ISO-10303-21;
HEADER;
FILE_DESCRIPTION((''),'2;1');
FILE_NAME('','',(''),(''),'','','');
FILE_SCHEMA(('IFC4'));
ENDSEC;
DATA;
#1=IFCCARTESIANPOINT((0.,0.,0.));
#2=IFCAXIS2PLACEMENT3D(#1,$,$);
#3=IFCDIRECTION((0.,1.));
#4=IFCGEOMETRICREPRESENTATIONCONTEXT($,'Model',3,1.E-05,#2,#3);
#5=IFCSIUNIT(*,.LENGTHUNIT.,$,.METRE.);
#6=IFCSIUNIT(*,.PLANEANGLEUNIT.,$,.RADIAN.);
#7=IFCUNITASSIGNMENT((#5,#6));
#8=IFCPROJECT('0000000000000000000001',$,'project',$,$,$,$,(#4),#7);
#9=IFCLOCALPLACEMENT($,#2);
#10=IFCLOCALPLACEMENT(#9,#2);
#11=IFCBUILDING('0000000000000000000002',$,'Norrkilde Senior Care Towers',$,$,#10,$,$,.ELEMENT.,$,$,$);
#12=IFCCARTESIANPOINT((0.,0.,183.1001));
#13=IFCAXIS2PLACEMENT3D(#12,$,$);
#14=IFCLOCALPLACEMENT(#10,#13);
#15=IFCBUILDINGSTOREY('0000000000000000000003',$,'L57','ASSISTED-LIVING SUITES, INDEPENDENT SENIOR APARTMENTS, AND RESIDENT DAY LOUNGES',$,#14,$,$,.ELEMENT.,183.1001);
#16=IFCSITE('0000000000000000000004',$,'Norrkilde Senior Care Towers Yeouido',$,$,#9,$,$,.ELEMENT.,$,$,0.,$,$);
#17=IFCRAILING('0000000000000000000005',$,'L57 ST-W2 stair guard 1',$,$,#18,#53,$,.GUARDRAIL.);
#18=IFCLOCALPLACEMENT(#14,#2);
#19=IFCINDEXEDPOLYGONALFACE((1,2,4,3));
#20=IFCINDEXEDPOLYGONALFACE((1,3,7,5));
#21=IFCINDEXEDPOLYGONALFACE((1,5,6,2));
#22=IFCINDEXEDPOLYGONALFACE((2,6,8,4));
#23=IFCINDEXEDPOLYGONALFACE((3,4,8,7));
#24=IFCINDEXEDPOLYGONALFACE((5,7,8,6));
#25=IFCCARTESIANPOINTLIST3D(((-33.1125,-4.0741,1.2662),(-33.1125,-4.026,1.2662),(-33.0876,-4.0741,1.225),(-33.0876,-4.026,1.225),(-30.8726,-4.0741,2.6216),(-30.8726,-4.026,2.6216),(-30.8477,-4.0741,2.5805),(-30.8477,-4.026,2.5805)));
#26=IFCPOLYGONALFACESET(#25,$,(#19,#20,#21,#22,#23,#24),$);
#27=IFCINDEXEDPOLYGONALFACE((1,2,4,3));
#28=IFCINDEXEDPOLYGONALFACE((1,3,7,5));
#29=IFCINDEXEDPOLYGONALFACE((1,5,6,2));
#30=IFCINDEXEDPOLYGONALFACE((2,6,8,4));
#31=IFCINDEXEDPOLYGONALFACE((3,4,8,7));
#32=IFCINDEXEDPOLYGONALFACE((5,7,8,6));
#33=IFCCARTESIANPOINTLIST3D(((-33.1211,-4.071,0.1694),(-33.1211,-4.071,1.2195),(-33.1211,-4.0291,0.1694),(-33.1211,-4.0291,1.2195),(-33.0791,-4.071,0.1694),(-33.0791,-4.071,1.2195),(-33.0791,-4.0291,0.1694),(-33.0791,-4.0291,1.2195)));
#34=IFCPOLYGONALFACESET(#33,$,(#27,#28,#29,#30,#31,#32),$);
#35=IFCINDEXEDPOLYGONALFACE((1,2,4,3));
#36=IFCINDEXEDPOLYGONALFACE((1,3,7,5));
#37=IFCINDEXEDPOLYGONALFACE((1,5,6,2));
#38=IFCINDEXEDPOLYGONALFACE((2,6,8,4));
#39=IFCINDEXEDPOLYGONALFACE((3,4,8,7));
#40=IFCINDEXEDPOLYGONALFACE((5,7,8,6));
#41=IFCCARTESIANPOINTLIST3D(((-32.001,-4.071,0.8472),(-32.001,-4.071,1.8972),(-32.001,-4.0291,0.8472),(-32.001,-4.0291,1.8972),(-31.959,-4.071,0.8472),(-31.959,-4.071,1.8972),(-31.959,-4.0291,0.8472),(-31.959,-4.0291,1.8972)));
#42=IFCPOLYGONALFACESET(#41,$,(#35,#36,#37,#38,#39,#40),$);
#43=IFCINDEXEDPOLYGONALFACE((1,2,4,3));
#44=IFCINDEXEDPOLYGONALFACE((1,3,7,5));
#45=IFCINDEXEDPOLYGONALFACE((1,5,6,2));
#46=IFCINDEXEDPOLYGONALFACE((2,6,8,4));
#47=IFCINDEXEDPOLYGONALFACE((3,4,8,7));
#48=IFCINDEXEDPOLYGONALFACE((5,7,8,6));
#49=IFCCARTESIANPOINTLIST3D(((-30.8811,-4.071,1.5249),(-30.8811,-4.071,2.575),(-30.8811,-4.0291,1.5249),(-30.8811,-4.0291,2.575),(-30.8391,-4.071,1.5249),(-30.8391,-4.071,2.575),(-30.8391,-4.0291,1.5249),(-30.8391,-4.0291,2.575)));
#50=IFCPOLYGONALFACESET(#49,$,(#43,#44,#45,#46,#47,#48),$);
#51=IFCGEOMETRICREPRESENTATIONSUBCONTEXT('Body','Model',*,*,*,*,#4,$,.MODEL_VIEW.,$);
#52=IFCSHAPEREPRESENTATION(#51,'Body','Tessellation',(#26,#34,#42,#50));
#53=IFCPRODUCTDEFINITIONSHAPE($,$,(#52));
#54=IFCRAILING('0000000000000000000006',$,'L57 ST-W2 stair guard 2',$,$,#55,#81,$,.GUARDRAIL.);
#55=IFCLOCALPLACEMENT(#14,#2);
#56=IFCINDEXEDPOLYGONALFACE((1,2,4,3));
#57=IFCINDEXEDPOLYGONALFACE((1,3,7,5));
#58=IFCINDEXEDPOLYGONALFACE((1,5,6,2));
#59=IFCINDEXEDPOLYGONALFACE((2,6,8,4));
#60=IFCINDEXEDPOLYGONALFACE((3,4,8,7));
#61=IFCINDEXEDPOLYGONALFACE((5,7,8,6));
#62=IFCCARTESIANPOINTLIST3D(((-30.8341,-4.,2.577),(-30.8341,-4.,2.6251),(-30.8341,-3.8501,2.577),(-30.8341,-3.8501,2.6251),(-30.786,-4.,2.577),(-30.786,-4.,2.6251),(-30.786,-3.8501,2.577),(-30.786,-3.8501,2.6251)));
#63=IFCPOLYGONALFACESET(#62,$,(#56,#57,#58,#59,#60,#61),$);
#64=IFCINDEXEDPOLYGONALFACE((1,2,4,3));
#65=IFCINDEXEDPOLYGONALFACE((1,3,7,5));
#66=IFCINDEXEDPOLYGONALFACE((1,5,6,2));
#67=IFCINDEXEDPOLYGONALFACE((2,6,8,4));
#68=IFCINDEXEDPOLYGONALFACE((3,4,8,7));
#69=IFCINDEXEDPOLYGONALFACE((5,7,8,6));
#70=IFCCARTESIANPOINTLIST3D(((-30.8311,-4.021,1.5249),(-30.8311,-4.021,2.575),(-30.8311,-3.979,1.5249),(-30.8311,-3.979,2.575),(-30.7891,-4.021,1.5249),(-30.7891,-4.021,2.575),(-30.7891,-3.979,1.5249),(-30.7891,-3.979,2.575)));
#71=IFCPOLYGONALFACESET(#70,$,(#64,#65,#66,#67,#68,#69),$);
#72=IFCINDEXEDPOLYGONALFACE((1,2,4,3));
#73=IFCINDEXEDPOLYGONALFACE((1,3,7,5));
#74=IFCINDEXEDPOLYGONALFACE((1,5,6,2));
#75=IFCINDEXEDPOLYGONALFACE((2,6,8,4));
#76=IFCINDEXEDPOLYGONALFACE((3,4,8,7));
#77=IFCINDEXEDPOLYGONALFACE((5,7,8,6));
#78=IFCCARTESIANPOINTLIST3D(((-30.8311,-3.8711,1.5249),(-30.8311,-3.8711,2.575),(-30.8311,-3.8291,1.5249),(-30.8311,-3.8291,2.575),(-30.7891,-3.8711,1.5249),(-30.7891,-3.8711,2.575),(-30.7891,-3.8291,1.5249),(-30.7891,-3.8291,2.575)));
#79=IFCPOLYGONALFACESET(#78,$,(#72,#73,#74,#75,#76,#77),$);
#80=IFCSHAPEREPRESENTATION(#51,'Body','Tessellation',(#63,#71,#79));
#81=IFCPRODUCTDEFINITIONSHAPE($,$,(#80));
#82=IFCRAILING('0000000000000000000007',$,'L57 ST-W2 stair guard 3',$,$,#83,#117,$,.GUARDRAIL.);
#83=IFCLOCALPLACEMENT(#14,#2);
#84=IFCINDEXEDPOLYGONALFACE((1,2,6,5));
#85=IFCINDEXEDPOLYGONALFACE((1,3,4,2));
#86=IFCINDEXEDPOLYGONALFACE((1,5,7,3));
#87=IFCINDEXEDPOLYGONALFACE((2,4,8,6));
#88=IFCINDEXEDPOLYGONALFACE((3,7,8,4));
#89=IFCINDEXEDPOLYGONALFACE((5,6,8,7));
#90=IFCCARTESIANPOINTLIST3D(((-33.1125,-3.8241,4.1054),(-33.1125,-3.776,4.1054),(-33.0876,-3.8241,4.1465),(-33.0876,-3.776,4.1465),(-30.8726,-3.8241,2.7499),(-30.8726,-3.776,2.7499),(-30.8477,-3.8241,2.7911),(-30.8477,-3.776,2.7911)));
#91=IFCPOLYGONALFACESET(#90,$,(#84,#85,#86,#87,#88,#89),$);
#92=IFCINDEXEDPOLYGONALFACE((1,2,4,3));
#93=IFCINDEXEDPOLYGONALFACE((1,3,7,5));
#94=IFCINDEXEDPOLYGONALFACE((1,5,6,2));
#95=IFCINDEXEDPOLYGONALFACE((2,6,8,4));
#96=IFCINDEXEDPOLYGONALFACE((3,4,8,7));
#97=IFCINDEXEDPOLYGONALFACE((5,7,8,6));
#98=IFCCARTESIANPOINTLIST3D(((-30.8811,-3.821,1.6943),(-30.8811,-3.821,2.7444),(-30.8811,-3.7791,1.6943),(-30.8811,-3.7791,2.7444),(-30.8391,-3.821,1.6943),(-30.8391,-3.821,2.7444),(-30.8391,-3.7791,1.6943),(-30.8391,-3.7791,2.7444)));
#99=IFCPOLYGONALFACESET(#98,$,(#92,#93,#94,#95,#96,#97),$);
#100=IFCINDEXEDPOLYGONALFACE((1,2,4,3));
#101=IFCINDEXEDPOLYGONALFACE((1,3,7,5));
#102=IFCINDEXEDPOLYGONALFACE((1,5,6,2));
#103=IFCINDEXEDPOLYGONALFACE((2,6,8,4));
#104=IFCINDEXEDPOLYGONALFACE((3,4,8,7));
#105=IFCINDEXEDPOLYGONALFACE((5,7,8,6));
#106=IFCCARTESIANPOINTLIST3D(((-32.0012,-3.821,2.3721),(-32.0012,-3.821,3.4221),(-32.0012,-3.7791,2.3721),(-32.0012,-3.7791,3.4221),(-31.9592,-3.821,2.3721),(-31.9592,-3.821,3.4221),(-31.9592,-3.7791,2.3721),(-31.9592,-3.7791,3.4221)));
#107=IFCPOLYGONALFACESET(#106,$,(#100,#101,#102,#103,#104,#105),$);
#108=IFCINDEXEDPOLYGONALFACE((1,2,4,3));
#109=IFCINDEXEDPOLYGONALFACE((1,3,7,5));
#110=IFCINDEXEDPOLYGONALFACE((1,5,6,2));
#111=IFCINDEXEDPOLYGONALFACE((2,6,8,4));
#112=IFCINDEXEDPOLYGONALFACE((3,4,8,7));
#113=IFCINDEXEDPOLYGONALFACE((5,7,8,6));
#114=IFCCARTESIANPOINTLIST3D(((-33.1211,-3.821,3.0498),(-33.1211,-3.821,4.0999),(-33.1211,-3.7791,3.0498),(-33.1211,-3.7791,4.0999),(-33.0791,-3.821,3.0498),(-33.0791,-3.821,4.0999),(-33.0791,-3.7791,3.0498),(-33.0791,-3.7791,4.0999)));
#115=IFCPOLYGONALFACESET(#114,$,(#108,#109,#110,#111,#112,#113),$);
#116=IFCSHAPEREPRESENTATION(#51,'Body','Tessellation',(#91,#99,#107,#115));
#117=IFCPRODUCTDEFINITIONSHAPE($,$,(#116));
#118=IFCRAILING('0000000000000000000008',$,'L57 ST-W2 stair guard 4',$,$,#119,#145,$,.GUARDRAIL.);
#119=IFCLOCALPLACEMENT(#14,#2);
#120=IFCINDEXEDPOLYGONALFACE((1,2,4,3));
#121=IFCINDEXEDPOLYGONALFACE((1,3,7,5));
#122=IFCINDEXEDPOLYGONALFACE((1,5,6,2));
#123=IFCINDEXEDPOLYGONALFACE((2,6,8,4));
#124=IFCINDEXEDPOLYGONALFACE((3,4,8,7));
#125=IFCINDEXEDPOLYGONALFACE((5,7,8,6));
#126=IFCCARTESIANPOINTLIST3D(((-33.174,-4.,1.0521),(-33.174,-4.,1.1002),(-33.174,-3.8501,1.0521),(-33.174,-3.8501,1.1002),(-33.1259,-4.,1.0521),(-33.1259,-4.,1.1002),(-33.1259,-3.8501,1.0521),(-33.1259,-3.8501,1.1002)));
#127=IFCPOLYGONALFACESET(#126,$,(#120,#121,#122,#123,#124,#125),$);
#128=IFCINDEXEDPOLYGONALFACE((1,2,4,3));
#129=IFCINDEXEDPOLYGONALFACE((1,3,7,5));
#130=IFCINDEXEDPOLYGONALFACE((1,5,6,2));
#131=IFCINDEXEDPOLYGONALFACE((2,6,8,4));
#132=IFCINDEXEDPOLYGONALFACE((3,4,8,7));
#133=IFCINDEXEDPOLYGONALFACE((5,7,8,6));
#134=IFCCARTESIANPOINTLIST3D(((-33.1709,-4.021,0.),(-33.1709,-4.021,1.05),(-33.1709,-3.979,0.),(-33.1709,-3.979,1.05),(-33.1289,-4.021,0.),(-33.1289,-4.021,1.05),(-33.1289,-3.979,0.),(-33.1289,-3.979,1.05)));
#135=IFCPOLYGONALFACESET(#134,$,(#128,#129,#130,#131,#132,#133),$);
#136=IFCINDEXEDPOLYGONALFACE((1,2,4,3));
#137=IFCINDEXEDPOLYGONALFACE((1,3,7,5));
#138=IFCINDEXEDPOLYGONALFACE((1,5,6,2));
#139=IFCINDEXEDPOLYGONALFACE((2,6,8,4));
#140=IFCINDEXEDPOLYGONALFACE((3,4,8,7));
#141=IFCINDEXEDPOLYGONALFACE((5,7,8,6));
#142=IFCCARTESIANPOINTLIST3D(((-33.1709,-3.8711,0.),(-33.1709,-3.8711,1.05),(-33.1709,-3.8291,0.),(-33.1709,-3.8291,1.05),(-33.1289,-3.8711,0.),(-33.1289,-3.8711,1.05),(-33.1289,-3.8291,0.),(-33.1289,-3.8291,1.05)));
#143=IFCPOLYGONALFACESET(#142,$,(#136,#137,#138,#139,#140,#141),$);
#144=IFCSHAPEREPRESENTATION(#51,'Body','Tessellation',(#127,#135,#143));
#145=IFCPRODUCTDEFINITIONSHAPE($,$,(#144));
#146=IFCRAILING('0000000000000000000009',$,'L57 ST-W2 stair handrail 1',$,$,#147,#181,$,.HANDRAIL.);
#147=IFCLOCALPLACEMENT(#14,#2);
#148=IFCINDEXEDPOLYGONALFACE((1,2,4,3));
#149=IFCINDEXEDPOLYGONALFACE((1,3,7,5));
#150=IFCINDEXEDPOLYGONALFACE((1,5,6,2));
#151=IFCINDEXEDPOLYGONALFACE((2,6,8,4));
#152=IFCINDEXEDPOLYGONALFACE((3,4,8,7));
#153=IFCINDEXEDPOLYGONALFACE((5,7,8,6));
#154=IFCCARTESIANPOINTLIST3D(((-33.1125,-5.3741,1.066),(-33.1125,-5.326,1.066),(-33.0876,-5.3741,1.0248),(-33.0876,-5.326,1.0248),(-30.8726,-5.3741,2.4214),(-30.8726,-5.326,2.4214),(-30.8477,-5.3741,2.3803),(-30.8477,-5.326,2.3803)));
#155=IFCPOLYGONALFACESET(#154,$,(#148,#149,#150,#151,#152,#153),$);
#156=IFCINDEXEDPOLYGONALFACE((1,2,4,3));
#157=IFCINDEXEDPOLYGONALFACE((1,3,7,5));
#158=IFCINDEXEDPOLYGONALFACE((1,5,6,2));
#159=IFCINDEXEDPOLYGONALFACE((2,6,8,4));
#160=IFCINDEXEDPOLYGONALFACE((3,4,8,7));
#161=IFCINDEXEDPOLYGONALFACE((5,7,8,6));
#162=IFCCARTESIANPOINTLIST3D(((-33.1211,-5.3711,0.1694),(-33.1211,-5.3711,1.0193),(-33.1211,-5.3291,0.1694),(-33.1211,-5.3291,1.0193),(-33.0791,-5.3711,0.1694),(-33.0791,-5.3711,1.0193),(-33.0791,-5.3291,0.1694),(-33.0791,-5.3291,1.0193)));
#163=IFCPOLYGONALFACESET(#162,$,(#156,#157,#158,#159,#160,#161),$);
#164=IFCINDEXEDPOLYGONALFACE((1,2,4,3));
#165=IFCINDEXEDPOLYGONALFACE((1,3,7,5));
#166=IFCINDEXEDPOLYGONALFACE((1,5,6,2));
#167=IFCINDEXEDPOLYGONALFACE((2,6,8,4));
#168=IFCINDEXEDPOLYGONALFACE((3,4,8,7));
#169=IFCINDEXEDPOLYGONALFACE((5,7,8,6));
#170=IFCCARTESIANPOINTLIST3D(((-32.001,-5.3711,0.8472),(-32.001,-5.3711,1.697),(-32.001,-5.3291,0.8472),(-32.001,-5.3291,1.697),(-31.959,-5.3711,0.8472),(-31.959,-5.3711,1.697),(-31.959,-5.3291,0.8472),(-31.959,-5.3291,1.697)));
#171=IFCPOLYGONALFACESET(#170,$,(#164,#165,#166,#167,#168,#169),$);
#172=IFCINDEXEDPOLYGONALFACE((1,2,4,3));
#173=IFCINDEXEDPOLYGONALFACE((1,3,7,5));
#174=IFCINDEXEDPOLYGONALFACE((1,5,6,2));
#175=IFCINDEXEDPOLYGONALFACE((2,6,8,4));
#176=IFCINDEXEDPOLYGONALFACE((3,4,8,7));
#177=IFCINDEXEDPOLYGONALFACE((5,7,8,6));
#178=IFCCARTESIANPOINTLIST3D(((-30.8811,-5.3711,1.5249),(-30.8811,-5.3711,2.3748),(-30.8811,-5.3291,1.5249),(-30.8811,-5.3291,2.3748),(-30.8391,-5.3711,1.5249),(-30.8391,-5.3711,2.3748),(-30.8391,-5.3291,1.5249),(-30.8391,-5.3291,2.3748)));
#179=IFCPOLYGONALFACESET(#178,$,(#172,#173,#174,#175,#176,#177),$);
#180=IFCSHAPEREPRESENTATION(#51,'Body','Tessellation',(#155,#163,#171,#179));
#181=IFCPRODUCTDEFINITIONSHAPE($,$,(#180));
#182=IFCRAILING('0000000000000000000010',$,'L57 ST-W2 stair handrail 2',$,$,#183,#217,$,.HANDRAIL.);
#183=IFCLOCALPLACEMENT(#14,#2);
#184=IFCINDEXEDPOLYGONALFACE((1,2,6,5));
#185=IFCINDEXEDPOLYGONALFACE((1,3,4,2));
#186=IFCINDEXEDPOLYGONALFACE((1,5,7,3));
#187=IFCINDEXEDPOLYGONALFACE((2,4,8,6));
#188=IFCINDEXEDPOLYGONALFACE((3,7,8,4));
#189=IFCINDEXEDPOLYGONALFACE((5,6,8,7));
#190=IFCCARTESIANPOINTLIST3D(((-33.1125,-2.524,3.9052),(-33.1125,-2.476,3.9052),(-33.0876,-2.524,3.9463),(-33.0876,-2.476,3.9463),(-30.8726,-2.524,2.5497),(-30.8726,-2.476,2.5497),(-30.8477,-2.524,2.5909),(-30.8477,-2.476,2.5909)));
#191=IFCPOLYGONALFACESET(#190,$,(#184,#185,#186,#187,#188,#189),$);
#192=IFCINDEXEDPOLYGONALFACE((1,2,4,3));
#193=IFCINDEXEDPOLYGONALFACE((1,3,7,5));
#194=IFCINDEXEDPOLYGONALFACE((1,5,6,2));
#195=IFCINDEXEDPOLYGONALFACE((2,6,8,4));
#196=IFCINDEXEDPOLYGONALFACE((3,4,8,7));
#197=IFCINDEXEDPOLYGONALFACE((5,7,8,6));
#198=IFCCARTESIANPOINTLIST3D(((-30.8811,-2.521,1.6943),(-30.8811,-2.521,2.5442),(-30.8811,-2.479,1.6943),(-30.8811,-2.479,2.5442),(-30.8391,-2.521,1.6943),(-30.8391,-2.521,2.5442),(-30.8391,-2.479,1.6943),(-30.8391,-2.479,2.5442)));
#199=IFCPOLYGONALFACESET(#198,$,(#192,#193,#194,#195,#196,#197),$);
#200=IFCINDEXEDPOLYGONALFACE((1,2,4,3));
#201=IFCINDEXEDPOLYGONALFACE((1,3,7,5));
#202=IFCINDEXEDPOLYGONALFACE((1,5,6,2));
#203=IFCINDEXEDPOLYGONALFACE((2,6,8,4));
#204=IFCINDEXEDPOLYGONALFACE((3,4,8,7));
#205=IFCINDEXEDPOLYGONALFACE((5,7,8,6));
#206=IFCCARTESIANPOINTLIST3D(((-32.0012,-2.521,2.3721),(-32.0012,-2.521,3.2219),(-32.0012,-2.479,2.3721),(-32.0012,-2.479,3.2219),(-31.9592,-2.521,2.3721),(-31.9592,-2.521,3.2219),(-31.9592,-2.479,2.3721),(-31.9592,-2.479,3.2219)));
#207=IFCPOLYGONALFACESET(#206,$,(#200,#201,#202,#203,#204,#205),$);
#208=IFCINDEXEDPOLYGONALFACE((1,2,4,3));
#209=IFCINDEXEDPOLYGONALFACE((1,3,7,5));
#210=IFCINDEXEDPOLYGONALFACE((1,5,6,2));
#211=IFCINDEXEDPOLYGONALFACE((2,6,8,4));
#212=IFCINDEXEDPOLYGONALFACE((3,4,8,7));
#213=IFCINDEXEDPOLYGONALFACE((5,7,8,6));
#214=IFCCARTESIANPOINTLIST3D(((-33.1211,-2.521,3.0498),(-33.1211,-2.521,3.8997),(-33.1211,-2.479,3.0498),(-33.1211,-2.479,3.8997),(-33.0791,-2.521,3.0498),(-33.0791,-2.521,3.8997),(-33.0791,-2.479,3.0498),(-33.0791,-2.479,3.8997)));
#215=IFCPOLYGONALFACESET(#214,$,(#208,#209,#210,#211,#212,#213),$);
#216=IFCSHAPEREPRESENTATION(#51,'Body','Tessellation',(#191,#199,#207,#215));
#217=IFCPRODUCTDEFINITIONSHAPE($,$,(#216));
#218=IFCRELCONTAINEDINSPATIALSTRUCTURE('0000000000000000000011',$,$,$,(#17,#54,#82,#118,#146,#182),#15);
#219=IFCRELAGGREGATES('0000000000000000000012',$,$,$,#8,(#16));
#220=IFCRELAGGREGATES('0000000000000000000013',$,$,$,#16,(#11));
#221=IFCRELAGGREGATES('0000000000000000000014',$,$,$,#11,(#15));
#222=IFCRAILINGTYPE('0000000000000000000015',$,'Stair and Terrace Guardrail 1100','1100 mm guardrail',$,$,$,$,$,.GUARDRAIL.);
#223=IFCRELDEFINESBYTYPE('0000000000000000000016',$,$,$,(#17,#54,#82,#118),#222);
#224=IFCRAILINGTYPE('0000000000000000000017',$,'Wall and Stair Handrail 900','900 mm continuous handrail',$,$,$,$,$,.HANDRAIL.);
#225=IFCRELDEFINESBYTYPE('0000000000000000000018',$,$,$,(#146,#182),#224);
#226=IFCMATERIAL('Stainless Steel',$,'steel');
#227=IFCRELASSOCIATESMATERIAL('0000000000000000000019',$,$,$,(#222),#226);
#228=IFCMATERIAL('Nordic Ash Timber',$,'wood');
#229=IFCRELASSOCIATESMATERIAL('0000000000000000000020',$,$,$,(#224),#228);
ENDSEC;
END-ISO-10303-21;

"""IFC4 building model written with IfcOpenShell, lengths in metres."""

from ifc_helpers import new_model, si_unit, direction, frame, origin, origin_2d, place, context, subcontext, project, spatial, rectangle, extrude, material, type_object, element, save


model = new_model("IFC4")

# Units and contexts
model_context = context("Model", 3, precision=1e-05, world=origin(), true_north=direction((0.0, 1.0)))
body_context = subcontext(model_context, "Body", "Model", "MODEL_VIEW")
ifc_project = project(units=[si_unit("LENGTHUNIT", "METRE"), si_unit("PLANEANGLEUNIT", "RADIAN")], contexts=[model_context])

# Site, building, storey
site_placement = place(None, origin())
site = spatial("IfcSite", under=ifc_project, at=site_placement, Name="Norrkilde Senior Care Towers Yeouido", CompositionType="ELEMENT", RefElevation=0.0)
building_placement = place(site_placement, origin())
building = spatial("IfcBuilding", under=site, at=building_placement, Name="Norrkilde Senior Care Towers", CompositionType="ELEMENT")
storey_placement = place(building_placement, frame((0.0, 0.0, 183.1001)))
storey = spatial("IfcBuildingStorey", under=building, at=storey_placement, Name="L57", Description="ASSISTED-LIVING SUITES, INDEPENDENT SENIOR APARTMENTS, AND RESIDENT DAY LOUNGES", CompositionType="ELEMENT", Elevation=183.1001)

# Railings
ifc_material_1 = material(Name="Stainless Steel", Category="steel")
railing_type_1 = type_object("IfcRailingType", Name="Stair and Terrace Guardrail 1100", Description="1100 mm guardrail", PredefinedType="GUARDRAIL", material=ifc_material_1)
railing_1_placement = place(storey_placement, frame((-33.1001, -4.05, 0.1694)))
element("IfcRailing", 1, at=railing_1_placement, inside=storey, type_object=railing_type_1, Name="L57 ST-W2 stair guard 1", PredefinedType="GUARDRAIL", context=body_context, shape_type="SweptSolid", body=[
    extrude(rectangle(XDim=0.0481, YDim=0.0481, at=origin_2d()), frame((0.0, 0.0, 1.0762), z_axis=(0.855553, 0.0, 0.517715), x_axis=(0.0, 1.0, 0.0)), (0.0, 0.0, 1.0), 2.6182),
    extrude(rectangle(XDim=0.042, YDim=0.042, at=origin_2d()), origin(), (0.0, 0.0, 1.0), 1.05),
    extrude(rectangle(XDim=0.042, YDim=0.042, at=origin_2d()), frame((1.1201, 0.0, 0.6777)), (0.0, 0.0, 1.0), 1.05),
    extrude(rectangle(XDim=0.042, YDim=0.042, at=origin_2d()), frame((2.24, 0.0, 1.3555)), (0.0, 0.0, 1.0), 1.05),
])
railing_2_placement = place(storey_placement, frame((-30.8101, -4.0, 1.5249)))
element("IfcRailing", 2, at=railing_2_placement, inside=storey, type_object=railing_type_1, Name="L57 ST-W2 stair guard 2", PredefinedType="GUARDRAIL", context=body_context, shape_type="SweptSolid", body=[
    extrude(rectangle(XDim=0.0481, YDim=0.0481, at=origin_2d()), frame((0.0, 0.0, 1.0762), z_axis=(0.0, 1.0, 0.0), x_axis=(-1.0, 0.0, 0.0)), (0.0, 0.0, 1.0), 0.1499),
    extrude(rectangle(XDim=0.042, YDim=0.042, at=origin_2d()), origin(), (0.0, 0.0, 1.0), 1.05),
    extrude(rectangle(XDim=0.042, YDim=0.042, at=origin_2d()), frame((0.0, 0.1499, 0.0)), (0.0, 0.0, 1.0), 1.05),
])
railing_3_placement = place(storey_placement, frame((-30.8601, -3.8, 1.6943)))
element("IfcRailing", 3, at=railing_3_placement, inside=storey, type_object=railing_type_1, Name="L57 ST-W2 stair guard 3", PredefinedType="GUARDRAIL", context=body_context, shape_type="SweptSolid", body=[
    extrude(rectangle(XDim=0.0481, YDim=0.0481, at=origin_2d()), frame((0.0, 0.0, 1.0762), z_axis=(-0.855553, 0.0, 0.517715), x_axis=(0.0, -1.0, 0.0)), (0.0, 0.0, 1.0), 2.6182),
    extrude(rectangle(XDim=0.042, YDim=0.042, at=origin_2d()), origin(), (0.0, 0.0, 1.0), 1.05),
    extrude(rectangle(XDim=0.042, YDim=0.042, at=origin_2d()), frame((-1.1201, 0.0, 0.6777)), (0.0, 0.0, 1.0), 1.05),
    extrude(rectangle(XDim=0.042, YDim=0.042, at=origin_2d()), frame((-2.24, 0.0, 1.3555)), (0.0, 0.0, 1.0), 1.05),
])
railing_4_placement = place(storey_placement, frame((-33.1499, -4.0, 0.0)))
element("IfcRailing", 4, at=railing_4_placement, inside=storey, type_object=railing_type_1, Name="L57 ST-W2 stair guard 4", PredefinedType="GUARDRAIL", context=body_context, shape_type="SweptSolid", body=[
    extrude(rectangle(XDim=0.0481, YDim=0.0481, at=origin_2d()), frame((0.0, 0.0, 1.0762), z_axis=(0.0, 1.0, 0.0), x_axis=(-1.0, 0.0, 0.0)), (0.0, 0.0, 1.0), 0.1499),
    extrude(rectangle(XDim=0.042, YDim=0.042, at=origin_2d()), origin(), (0.0, 0.0, 1.0), 1.05),
    extrude(rectangle(XDim=0.042, YDim=0.042, at=origin_2d()), frame((0.0, 0.1499, 0.0)), (0.0, 0.0, 1.0), 1.05),
])
ifc_material_2 = material(Name="Nordic Ash Timber", Category="wood")
railing_type_2 = type_object("IfcRailingType", Name="Wall and Stair Handrail 900", Description="900 mm continuous handrail", PredefinedType="HANDRAIL", material=ifc_material_2)
railing_5_placement = place(storey_placement, frame((-33.1001, -5.3501, 0.1694)))
element("IfcRailing", 5, at=railing_5_placement, inside=storey, type_object=railing_type_2, Name="L57 ST-W2 stair handrail 1", PredefinedType="HANDRAIL", context=body_context, shape_type="SweptSolid", body=[
    extrude(rectangle(XDim=0.0481, YDim=0.0481, at=origin_2d()), frame((0.0, 0.0, 0.876), z_axis=(0.855553, 0.0, 0.517715), x_axis=(0.0, 1.0, 0.0)), (0.0, 0.0, 1.0), 2.6182),
    extrude(rectangle(XDim=0.042, YDim=0.042, at=origin_2d()), origin(), (0.0, 0.0, 1.0), 0.8499),
    extrude(rectangle(XDim=0.042, YDim=0.042, at=origin_2d()), frame((1.1201, 0.0, 0.6777)), (0.0, 0.0, 1.0), 0.8499),
    extrude(rectangle(XDim=0.042, YDim=0.042, at=origin_2d()), frame((2.24, 0.0, 1.3555)), (0.0, 0.0, 1.0), 0.8499),
])
railing_6_placement = place(storey_placement, frame((-30.8601, -2.5, 1.6943)))
element("IfcRailing", 6, at=railing_6_placement, inside=storey, type_object=railing_type_2, Name="L57 ST-W2 stair handrail 2", PredefinedType="HANDRAIL", context=body_context, shape_type="SweptSolid", body=[
    extrude(rectangle(XDim=0.0481, YDim=0.0481, at=origin_2d()), frame((0.0, 0.0, 0.876), z_axis=(-0.855553, 0.0, 0.517715), x_axis=(0.0, -1.0, 0.0)), (0.0, 0.0, 1.0), 2.6182),
    extrude(rectangle(XDim=0.042, YDim=0.042, at=origin_2d()), origin(), (0.0, 0.0, 1.0), 0.8499),
    extrude(rectangle(XDim=0.042, YDim=0.042, at=origin_2d()), frame((-1.1201, 0.0, 0.6777)), (0.0, 0.0, 1.0), 0.8499),
    extrude(rectangle(XDim=0.042, YDim=0.042, at=origin_2d()), frame((-2.24, 0.0, 1.3555)), (0.0, 0.0, 1.0), 0.8499),
])

save(model, "model.ifc")
